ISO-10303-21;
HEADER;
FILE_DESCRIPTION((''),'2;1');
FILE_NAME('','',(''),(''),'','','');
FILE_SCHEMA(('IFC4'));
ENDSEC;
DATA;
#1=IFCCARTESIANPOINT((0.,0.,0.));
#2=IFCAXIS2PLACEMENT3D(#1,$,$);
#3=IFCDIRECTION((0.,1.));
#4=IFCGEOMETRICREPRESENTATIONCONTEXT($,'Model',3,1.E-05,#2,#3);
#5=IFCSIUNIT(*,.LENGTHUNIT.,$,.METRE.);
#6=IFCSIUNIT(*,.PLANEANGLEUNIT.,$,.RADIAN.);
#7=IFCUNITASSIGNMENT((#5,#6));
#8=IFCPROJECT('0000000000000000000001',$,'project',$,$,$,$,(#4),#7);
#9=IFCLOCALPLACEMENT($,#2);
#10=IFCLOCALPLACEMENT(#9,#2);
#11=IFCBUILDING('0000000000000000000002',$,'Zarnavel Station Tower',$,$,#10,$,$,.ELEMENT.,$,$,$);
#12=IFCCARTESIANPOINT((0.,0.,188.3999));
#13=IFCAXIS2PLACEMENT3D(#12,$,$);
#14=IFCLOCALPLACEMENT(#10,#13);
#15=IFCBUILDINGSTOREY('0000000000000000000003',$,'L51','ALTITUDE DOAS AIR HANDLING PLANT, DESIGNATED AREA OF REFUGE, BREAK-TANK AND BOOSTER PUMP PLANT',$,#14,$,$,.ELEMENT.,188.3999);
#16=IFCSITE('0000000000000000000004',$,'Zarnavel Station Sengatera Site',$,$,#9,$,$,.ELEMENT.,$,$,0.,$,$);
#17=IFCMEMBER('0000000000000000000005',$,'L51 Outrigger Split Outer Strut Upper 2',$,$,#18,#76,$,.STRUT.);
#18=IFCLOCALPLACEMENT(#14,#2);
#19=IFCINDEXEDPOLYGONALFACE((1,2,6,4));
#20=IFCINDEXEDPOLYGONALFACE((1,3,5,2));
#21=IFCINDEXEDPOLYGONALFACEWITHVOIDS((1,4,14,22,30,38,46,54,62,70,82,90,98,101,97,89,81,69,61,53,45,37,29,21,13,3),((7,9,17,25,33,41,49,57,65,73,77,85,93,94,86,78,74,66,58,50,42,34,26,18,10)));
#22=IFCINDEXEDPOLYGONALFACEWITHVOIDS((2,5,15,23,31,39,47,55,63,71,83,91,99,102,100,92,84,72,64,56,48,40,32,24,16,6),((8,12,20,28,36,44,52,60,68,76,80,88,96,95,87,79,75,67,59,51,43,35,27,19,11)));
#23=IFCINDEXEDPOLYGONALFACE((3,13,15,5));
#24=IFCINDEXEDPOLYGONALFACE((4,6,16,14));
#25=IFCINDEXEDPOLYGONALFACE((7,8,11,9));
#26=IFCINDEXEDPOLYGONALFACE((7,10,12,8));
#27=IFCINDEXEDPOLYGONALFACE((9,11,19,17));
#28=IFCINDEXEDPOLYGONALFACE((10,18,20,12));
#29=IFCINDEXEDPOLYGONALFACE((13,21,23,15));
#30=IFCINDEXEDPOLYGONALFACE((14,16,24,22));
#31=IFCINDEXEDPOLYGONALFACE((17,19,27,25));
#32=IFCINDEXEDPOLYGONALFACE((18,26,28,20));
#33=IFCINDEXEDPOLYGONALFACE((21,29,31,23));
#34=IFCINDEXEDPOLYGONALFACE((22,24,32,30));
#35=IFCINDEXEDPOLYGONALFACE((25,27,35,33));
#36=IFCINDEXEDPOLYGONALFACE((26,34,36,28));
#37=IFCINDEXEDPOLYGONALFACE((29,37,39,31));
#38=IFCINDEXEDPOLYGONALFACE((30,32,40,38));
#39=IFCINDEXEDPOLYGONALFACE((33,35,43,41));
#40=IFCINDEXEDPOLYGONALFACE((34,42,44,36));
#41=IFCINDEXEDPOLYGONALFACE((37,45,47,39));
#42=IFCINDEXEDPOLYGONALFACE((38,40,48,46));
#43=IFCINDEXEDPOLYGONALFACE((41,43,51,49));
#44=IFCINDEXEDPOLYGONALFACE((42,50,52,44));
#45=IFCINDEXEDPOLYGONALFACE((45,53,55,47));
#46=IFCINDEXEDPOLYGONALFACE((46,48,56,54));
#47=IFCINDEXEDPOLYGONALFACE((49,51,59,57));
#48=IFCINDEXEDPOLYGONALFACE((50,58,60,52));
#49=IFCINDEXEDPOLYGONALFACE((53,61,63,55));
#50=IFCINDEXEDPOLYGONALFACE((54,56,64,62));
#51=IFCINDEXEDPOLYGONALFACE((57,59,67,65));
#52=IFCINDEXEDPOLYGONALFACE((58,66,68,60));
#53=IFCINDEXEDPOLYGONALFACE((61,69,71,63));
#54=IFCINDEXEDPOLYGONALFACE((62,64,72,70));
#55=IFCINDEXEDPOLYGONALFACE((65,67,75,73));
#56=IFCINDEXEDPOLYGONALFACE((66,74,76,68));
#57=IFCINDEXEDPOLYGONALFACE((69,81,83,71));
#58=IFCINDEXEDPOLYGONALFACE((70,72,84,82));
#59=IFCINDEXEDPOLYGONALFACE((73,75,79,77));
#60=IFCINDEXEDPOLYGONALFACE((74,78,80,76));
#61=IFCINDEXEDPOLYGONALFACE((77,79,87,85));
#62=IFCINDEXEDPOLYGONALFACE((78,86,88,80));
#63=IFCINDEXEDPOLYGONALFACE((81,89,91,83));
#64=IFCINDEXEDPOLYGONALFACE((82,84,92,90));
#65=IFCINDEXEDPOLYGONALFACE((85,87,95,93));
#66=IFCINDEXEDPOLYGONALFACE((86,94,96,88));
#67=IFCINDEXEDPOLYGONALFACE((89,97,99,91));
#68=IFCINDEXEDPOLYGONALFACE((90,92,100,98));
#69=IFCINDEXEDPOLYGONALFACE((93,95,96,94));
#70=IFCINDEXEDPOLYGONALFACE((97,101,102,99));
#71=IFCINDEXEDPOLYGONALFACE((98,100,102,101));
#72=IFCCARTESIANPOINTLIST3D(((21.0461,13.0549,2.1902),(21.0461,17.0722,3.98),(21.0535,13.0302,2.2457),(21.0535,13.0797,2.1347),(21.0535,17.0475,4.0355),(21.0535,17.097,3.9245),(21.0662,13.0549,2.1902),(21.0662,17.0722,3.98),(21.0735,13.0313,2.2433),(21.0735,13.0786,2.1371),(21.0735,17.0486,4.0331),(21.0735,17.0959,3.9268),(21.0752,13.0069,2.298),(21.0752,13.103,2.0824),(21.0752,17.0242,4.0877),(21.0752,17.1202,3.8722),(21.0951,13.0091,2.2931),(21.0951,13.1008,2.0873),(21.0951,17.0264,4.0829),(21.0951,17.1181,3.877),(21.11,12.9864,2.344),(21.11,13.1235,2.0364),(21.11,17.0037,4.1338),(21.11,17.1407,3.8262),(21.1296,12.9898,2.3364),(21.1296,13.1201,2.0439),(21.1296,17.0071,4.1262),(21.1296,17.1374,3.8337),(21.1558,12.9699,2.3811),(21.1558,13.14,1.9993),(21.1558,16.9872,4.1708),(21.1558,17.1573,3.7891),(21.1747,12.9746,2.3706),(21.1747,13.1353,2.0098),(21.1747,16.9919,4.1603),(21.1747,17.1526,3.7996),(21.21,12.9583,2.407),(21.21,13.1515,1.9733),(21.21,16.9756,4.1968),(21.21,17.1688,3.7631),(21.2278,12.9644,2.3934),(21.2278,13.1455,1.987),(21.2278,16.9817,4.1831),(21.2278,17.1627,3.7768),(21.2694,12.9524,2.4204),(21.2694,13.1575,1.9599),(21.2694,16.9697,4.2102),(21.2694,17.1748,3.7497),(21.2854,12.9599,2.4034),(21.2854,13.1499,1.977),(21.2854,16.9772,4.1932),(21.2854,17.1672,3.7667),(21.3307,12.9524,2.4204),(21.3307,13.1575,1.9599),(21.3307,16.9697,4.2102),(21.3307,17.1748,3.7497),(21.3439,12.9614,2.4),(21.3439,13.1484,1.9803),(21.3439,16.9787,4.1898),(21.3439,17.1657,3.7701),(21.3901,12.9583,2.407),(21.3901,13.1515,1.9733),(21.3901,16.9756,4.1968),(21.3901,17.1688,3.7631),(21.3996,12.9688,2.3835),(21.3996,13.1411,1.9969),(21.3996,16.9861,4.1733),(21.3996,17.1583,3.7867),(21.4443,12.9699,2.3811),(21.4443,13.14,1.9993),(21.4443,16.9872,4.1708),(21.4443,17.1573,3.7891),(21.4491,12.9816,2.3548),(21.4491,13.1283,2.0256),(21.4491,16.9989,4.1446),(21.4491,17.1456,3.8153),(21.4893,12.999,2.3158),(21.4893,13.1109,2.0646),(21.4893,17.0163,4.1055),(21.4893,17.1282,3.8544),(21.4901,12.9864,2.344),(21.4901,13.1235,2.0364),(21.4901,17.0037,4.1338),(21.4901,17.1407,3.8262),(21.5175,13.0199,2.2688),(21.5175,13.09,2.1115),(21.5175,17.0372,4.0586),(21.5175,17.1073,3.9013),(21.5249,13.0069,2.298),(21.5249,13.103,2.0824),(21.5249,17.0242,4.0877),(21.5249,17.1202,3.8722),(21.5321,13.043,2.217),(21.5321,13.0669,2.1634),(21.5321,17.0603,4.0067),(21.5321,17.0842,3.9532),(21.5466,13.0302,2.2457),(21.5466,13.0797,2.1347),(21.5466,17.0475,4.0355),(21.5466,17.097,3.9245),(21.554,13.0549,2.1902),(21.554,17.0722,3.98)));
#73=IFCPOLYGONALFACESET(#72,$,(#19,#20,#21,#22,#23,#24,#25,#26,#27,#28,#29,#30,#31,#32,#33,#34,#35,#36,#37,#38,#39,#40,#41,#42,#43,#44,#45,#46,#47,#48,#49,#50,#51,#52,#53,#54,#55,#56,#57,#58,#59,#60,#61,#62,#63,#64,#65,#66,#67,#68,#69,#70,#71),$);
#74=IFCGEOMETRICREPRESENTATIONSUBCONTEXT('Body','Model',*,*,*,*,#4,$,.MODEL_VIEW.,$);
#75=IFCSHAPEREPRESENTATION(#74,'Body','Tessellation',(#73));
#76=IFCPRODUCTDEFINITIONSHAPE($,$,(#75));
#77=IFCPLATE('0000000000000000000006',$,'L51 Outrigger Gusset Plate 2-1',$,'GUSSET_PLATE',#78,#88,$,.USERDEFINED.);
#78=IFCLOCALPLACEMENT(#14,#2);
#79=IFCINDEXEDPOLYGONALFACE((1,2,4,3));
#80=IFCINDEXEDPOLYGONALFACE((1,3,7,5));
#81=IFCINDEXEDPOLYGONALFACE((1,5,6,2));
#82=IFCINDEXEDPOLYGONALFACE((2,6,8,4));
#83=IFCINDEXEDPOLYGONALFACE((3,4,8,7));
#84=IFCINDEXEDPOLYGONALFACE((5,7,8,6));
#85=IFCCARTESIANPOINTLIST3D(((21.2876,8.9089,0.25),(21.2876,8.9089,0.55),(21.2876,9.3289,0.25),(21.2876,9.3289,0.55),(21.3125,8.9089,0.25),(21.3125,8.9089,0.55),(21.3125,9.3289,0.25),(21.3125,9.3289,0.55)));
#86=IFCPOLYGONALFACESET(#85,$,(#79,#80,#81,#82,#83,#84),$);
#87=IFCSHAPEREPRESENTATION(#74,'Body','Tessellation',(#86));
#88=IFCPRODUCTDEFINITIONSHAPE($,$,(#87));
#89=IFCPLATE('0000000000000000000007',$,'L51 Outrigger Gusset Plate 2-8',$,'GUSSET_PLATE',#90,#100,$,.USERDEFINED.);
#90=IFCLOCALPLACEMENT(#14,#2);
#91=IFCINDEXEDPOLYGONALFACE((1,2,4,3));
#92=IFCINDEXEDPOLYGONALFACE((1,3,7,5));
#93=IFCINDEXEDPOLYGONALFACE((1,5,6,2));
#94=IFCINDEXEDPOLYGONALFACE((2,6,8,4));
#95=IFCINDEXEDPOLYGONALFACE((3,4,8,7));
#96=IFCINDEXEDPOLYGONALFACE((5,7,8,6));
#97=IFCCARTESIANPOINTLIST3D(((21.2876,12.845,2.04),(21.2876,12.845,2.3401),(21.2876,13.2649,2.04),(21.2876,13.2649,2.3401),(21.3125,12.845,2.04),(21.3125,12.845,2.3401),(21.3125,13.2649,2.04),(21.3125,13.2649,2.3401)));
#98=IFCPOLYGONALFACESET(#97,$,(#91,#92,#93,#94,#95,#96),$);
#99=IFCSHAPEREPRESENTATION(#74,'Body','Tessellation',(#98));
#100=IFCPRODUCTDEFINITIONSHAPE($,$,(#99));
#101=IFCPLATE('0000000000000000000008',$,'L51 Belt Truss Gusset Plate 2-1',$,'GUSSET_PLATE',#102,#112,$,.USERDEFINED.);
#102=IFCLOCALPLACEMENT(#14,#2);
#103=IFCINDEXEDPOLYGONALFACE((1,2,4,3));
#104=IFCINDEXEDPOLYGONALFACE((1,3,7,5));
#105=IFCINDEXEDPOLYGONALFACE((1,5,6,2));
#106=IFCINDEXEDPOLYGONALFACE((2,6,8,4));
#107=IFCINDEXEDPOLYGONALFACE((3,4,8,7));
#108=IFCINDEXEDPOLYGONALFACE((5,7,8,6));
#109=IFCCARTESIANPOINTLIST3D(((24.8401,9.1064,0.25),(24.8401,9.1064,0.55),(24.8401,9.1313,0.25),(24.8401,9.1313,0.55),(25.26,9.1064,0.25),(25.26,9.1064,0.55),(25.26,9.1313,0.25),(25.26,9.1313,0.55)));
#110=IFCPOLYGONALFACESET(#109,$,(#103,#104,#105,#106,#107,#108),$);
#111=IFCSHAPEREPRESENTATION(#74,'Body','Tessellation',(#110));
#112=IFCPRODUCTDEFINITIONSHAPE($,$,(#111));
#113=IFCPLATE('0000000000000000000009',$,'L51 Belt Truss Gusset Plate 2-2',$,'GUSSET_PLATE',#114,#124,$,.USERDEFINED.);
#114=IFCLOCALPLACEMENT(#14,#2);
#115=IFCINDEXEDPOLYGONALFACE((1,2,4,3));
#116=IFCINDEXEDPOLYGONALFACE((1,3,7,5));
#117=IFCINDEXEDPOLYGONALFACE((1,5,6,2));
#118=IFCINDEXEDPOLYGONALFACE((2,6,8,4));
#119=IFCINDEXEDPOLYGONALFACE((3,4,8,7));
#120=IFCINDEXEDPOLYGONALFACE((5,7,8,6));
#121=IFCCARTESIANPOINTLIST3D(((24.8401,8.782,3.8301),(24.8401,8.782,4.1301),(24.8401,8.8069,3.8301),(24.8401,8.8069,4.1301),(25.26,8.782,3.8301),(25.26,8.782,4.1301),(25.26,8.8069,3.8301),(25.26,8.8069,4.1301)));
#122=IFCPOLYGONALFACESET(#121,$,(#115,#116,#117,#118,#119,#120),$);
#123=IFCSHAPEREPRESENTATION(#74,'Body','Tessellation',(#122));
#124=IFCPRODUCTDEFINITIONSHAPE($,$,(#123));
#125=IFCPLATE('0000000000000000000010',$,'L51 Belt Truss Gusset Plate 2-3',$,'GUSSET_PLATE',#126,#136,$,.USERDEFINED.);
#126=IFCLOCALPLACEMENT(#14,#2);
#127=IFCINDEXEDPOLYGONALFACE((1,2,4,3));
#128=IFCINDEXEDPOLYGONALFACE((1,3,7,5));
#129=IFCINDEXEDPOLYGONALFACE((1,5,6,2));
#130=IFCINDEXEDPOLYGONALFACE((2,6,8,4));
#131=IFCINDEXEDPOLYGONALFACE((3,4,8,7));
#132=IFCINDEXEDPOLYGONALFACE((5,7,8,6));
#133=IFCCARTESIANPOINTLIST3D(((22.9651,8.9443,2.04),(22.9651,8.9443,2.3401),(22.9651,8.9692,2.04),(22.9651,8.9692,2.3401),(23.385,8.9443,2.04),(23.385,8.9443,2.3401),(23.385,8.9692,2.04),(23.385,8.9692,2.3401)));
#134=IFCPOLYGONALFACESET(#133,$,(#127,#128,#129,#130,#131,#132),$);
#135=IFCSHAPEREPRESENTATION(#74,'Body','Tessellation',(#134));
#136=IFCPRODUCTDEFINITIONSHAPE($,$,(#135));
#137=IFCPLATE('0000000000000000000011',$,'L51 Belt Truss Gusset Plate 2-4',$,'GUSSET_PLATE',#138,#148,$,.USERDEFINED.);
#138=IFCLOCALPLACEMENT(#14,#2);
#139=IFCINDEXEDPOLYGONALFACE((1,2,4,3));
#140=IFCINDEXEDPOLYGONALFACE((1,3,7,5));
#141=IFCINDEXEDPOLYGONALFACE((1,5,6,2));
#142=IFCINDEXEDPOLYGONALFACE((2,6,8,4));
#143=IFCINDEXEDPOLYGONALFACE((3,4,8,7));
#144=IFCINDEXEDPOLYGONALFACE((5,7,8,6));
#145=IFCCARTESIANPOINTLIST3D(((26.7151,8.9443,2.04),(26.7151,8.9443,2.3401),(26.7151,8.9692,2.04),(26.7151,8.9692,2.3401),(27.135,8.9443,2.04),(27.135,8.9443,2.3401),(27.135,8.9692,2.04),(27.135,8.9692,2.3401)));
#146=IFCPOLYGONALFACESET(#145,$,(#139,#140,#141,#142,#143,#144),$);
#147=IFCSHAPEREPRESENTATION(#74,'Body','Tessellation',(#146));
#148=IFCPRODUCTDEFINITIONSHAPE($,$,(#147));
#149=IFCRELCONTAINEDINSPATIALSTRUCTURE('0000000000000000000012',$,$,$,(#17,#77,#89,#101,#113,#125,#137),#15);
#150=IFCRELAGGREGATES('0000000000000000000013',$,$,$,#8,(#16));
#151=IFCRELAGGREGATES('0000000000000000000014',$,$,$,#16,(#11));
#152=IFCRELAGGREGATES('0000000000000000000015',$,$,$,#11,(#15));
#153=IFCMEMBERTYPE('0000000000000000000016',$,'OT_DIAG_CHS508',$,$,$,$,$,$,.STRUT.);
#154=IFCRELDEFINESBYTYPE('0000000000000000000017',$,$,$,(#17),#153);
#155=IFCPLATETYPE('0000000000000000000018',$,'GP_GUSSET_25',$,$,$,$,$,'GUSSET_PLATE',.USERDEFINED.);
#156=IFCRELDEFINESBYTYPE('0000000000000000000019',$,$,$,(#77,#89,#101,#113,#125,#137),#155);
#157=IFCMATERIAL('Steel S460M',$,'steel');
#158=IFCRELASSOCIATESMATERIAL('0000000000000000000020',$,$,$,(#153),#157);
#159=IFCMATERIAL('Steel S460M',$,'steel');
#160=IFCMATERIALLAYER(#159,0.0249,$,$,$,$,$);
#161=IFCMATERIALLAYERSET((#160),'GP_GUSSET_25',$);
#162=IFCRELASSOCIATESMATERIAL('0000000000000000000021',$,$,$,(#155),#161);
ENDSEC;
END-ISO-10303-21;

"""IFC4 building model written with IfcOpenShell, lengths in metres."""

from ifc_helpers import new_model, si_unit, direction, frame, origin, origin_2d, place, context, subcontext, project, spatial, rectangle, hollow_circle, extrude, material, layer, layer_set, material_profile, profile_set, type_object, element, save


model = new_model("IFC4")

# Units and contexts
model_context = context("Model", 3, precision=1e-05, world=origin(), true_north=direction((0.0, 1.0)))
body_context = subcontext(model_context, "Body", "Model", "MODEL_VIEW")
ifc_project = project(units=[si_unit("LENGTHUNIT", "METRE"), si_unit("PLANEANGLEUNIT", "RADIAN")], contexts=[model_context])

# Site, building, storey
site_placement = place(None, origin())
site = spatial("IfcSite", under=ifc_project, at=site_placement, Name="Zarnavel Station Sengatera Site", CompositionType="ELEMENT", RefElevation=0.0)
building_placement = place(site_placement, origin())
building = spatial("IfcBuilding", under=site, at=building_placement, Name="Zarnavel Station Tower", CompositionType="ELEMENT")
storey_placement = place(building_placement, frame((0.0, 0.0, 188.3999)))
storey = spatial("IfcBuildingStorey", under=building, at=storey_placement, Name="L51", Description="ALTITUDE DOAS AIR HANDLING PLANT, DESIGNATED AREA OF REFUGE, BREAK-TANK AND BOOSTER PUMP PLANT", CompositionType="ELEMENT", Elevation=188.3999)

# Member
ifc_material_1 = material(Name="Steel S460M", Category="steel")
ifc_material_profile_1 = material_profile(ifc_material_1, hollow_circle(Radius=0.2539, WallThickness=0.02, at=origin_2d()), Name="CHS508x20")
ifc_profile_set_1 = profile_set([ifc_material_profile_1], Name="Steel S460M")
member_type_1 = type_object("IfcMemberType", Name="OT_DIAG_CHS508", PredefinedType="STRUT", material=ifc_profile_set_1)
member_1_placement = place(storey_placement, frame((21.3, 13.0549, 2.1902), z_axis=(0.0, 0.913447, 0.406957), x_axis=(-1.0, 0.0, 0.0)))
element("IfcMember", 1, at=member_1_placement, inside=storey, type_object=member_type_1, Name="L51 Outrigger Split Outer Strut Upper 2", PredefinedType="STRUT", context=body_context, shape_type="SweptSolid", body=[
    extrude(hollow_circle(Radius=0.2539, WallThickness=0.02, at=origin_2d()), origin(), (0.0, 0.0, 1.0), 4.3979),
])

# Plates
ifc_material_2 = material(Name="Steel S460M", Category="steel")
ifc_layer_1 = layer(ifc_material_2, 0.0249)
ifc_layer_set_1 = layer_set([ifc_layer_1], Name="GP_GUSSET_25")
plate_type = type_object("IfcPlateType", Name="GP_GUSSET_25", ElementType="GUSSET_PLATE", PredefinedType="USERDEFINED", material=ifc_layer_set_1)
for number, where, z_axis, x_axis, name in (
    (2, (21.3, 9.1189, 0.25), (0.0, 0.0, 1.0), (1.0, 0.0, 0.0), "L51 Outrigger Gusset Plate 2-1"),
    (3, (21.3, 13.0549, 2.04), (0.0, 0.0, 1.0), (1.0, 0.0, 0.0), "L51 Outrigger Gusset Plate 2-8"),
):
    element("IfcPlate", number, at=place(storey_placement, frame(where, z_axis=z_axis, x_axis=x_axis)), inside=storey, type_object=plate_type, Name=name, ObjectType="GUSSET_PLATE", PredefinedType="USERDEFINED", context=body_context, shape_type="SweptSolid", body=[
        extrude(rectangle(XDim=0.0249, YDim=0.4199, at=origin_2d()), origin(), (0.0, 0.0, 1.0), 0.3),
    ])
for number, where, z_axis, x_axis, name in (
    (4, (25.05, 9.1189, 0.25), (0.0, 0.0, 1.0), (1.0, 0.0, 0.0), "L51 Belt Truss Gusset Plate 2-1"),
    (5, (25.05, 8.7944, 3.8301), (0.0, 0.0, 1.0), (1.0, 0.0, 0.0), "L51 Belt Truss Gusset Plate 2-2"),
    (6, (23.175, 8.9568, 2.04), (0.0, 0.0, 1.0), (1.0, 0.0, 0.0), "L51 Belt Truss Gusset Plate 2-3"),
    (7, (26.925, 8.9568, 2.04), (0.0, 0.0, 1.0), (1.0, 0.0, 0.0), "L51 Belt Truss Gusset Plate 2-4"),
):
    element("IfcPlate", number, at=place(storey_placement, frame(where, z_axis=z_axis, x_axis=x_axis)), inside=storey, type_object=plate_type, Name=name, ObjectType="GUSSET_PLATE", PredefinedType="USERDEFINED", context=body_context, shape_type="SweptSolid", body=[
        extrude(rectangle(XDim=0.4199, YDim=0.0249, at=origin_2d()), origin(), (0.0, 0.0, 1.0), 0.3),
    ])

save(model, "model.ifc")
